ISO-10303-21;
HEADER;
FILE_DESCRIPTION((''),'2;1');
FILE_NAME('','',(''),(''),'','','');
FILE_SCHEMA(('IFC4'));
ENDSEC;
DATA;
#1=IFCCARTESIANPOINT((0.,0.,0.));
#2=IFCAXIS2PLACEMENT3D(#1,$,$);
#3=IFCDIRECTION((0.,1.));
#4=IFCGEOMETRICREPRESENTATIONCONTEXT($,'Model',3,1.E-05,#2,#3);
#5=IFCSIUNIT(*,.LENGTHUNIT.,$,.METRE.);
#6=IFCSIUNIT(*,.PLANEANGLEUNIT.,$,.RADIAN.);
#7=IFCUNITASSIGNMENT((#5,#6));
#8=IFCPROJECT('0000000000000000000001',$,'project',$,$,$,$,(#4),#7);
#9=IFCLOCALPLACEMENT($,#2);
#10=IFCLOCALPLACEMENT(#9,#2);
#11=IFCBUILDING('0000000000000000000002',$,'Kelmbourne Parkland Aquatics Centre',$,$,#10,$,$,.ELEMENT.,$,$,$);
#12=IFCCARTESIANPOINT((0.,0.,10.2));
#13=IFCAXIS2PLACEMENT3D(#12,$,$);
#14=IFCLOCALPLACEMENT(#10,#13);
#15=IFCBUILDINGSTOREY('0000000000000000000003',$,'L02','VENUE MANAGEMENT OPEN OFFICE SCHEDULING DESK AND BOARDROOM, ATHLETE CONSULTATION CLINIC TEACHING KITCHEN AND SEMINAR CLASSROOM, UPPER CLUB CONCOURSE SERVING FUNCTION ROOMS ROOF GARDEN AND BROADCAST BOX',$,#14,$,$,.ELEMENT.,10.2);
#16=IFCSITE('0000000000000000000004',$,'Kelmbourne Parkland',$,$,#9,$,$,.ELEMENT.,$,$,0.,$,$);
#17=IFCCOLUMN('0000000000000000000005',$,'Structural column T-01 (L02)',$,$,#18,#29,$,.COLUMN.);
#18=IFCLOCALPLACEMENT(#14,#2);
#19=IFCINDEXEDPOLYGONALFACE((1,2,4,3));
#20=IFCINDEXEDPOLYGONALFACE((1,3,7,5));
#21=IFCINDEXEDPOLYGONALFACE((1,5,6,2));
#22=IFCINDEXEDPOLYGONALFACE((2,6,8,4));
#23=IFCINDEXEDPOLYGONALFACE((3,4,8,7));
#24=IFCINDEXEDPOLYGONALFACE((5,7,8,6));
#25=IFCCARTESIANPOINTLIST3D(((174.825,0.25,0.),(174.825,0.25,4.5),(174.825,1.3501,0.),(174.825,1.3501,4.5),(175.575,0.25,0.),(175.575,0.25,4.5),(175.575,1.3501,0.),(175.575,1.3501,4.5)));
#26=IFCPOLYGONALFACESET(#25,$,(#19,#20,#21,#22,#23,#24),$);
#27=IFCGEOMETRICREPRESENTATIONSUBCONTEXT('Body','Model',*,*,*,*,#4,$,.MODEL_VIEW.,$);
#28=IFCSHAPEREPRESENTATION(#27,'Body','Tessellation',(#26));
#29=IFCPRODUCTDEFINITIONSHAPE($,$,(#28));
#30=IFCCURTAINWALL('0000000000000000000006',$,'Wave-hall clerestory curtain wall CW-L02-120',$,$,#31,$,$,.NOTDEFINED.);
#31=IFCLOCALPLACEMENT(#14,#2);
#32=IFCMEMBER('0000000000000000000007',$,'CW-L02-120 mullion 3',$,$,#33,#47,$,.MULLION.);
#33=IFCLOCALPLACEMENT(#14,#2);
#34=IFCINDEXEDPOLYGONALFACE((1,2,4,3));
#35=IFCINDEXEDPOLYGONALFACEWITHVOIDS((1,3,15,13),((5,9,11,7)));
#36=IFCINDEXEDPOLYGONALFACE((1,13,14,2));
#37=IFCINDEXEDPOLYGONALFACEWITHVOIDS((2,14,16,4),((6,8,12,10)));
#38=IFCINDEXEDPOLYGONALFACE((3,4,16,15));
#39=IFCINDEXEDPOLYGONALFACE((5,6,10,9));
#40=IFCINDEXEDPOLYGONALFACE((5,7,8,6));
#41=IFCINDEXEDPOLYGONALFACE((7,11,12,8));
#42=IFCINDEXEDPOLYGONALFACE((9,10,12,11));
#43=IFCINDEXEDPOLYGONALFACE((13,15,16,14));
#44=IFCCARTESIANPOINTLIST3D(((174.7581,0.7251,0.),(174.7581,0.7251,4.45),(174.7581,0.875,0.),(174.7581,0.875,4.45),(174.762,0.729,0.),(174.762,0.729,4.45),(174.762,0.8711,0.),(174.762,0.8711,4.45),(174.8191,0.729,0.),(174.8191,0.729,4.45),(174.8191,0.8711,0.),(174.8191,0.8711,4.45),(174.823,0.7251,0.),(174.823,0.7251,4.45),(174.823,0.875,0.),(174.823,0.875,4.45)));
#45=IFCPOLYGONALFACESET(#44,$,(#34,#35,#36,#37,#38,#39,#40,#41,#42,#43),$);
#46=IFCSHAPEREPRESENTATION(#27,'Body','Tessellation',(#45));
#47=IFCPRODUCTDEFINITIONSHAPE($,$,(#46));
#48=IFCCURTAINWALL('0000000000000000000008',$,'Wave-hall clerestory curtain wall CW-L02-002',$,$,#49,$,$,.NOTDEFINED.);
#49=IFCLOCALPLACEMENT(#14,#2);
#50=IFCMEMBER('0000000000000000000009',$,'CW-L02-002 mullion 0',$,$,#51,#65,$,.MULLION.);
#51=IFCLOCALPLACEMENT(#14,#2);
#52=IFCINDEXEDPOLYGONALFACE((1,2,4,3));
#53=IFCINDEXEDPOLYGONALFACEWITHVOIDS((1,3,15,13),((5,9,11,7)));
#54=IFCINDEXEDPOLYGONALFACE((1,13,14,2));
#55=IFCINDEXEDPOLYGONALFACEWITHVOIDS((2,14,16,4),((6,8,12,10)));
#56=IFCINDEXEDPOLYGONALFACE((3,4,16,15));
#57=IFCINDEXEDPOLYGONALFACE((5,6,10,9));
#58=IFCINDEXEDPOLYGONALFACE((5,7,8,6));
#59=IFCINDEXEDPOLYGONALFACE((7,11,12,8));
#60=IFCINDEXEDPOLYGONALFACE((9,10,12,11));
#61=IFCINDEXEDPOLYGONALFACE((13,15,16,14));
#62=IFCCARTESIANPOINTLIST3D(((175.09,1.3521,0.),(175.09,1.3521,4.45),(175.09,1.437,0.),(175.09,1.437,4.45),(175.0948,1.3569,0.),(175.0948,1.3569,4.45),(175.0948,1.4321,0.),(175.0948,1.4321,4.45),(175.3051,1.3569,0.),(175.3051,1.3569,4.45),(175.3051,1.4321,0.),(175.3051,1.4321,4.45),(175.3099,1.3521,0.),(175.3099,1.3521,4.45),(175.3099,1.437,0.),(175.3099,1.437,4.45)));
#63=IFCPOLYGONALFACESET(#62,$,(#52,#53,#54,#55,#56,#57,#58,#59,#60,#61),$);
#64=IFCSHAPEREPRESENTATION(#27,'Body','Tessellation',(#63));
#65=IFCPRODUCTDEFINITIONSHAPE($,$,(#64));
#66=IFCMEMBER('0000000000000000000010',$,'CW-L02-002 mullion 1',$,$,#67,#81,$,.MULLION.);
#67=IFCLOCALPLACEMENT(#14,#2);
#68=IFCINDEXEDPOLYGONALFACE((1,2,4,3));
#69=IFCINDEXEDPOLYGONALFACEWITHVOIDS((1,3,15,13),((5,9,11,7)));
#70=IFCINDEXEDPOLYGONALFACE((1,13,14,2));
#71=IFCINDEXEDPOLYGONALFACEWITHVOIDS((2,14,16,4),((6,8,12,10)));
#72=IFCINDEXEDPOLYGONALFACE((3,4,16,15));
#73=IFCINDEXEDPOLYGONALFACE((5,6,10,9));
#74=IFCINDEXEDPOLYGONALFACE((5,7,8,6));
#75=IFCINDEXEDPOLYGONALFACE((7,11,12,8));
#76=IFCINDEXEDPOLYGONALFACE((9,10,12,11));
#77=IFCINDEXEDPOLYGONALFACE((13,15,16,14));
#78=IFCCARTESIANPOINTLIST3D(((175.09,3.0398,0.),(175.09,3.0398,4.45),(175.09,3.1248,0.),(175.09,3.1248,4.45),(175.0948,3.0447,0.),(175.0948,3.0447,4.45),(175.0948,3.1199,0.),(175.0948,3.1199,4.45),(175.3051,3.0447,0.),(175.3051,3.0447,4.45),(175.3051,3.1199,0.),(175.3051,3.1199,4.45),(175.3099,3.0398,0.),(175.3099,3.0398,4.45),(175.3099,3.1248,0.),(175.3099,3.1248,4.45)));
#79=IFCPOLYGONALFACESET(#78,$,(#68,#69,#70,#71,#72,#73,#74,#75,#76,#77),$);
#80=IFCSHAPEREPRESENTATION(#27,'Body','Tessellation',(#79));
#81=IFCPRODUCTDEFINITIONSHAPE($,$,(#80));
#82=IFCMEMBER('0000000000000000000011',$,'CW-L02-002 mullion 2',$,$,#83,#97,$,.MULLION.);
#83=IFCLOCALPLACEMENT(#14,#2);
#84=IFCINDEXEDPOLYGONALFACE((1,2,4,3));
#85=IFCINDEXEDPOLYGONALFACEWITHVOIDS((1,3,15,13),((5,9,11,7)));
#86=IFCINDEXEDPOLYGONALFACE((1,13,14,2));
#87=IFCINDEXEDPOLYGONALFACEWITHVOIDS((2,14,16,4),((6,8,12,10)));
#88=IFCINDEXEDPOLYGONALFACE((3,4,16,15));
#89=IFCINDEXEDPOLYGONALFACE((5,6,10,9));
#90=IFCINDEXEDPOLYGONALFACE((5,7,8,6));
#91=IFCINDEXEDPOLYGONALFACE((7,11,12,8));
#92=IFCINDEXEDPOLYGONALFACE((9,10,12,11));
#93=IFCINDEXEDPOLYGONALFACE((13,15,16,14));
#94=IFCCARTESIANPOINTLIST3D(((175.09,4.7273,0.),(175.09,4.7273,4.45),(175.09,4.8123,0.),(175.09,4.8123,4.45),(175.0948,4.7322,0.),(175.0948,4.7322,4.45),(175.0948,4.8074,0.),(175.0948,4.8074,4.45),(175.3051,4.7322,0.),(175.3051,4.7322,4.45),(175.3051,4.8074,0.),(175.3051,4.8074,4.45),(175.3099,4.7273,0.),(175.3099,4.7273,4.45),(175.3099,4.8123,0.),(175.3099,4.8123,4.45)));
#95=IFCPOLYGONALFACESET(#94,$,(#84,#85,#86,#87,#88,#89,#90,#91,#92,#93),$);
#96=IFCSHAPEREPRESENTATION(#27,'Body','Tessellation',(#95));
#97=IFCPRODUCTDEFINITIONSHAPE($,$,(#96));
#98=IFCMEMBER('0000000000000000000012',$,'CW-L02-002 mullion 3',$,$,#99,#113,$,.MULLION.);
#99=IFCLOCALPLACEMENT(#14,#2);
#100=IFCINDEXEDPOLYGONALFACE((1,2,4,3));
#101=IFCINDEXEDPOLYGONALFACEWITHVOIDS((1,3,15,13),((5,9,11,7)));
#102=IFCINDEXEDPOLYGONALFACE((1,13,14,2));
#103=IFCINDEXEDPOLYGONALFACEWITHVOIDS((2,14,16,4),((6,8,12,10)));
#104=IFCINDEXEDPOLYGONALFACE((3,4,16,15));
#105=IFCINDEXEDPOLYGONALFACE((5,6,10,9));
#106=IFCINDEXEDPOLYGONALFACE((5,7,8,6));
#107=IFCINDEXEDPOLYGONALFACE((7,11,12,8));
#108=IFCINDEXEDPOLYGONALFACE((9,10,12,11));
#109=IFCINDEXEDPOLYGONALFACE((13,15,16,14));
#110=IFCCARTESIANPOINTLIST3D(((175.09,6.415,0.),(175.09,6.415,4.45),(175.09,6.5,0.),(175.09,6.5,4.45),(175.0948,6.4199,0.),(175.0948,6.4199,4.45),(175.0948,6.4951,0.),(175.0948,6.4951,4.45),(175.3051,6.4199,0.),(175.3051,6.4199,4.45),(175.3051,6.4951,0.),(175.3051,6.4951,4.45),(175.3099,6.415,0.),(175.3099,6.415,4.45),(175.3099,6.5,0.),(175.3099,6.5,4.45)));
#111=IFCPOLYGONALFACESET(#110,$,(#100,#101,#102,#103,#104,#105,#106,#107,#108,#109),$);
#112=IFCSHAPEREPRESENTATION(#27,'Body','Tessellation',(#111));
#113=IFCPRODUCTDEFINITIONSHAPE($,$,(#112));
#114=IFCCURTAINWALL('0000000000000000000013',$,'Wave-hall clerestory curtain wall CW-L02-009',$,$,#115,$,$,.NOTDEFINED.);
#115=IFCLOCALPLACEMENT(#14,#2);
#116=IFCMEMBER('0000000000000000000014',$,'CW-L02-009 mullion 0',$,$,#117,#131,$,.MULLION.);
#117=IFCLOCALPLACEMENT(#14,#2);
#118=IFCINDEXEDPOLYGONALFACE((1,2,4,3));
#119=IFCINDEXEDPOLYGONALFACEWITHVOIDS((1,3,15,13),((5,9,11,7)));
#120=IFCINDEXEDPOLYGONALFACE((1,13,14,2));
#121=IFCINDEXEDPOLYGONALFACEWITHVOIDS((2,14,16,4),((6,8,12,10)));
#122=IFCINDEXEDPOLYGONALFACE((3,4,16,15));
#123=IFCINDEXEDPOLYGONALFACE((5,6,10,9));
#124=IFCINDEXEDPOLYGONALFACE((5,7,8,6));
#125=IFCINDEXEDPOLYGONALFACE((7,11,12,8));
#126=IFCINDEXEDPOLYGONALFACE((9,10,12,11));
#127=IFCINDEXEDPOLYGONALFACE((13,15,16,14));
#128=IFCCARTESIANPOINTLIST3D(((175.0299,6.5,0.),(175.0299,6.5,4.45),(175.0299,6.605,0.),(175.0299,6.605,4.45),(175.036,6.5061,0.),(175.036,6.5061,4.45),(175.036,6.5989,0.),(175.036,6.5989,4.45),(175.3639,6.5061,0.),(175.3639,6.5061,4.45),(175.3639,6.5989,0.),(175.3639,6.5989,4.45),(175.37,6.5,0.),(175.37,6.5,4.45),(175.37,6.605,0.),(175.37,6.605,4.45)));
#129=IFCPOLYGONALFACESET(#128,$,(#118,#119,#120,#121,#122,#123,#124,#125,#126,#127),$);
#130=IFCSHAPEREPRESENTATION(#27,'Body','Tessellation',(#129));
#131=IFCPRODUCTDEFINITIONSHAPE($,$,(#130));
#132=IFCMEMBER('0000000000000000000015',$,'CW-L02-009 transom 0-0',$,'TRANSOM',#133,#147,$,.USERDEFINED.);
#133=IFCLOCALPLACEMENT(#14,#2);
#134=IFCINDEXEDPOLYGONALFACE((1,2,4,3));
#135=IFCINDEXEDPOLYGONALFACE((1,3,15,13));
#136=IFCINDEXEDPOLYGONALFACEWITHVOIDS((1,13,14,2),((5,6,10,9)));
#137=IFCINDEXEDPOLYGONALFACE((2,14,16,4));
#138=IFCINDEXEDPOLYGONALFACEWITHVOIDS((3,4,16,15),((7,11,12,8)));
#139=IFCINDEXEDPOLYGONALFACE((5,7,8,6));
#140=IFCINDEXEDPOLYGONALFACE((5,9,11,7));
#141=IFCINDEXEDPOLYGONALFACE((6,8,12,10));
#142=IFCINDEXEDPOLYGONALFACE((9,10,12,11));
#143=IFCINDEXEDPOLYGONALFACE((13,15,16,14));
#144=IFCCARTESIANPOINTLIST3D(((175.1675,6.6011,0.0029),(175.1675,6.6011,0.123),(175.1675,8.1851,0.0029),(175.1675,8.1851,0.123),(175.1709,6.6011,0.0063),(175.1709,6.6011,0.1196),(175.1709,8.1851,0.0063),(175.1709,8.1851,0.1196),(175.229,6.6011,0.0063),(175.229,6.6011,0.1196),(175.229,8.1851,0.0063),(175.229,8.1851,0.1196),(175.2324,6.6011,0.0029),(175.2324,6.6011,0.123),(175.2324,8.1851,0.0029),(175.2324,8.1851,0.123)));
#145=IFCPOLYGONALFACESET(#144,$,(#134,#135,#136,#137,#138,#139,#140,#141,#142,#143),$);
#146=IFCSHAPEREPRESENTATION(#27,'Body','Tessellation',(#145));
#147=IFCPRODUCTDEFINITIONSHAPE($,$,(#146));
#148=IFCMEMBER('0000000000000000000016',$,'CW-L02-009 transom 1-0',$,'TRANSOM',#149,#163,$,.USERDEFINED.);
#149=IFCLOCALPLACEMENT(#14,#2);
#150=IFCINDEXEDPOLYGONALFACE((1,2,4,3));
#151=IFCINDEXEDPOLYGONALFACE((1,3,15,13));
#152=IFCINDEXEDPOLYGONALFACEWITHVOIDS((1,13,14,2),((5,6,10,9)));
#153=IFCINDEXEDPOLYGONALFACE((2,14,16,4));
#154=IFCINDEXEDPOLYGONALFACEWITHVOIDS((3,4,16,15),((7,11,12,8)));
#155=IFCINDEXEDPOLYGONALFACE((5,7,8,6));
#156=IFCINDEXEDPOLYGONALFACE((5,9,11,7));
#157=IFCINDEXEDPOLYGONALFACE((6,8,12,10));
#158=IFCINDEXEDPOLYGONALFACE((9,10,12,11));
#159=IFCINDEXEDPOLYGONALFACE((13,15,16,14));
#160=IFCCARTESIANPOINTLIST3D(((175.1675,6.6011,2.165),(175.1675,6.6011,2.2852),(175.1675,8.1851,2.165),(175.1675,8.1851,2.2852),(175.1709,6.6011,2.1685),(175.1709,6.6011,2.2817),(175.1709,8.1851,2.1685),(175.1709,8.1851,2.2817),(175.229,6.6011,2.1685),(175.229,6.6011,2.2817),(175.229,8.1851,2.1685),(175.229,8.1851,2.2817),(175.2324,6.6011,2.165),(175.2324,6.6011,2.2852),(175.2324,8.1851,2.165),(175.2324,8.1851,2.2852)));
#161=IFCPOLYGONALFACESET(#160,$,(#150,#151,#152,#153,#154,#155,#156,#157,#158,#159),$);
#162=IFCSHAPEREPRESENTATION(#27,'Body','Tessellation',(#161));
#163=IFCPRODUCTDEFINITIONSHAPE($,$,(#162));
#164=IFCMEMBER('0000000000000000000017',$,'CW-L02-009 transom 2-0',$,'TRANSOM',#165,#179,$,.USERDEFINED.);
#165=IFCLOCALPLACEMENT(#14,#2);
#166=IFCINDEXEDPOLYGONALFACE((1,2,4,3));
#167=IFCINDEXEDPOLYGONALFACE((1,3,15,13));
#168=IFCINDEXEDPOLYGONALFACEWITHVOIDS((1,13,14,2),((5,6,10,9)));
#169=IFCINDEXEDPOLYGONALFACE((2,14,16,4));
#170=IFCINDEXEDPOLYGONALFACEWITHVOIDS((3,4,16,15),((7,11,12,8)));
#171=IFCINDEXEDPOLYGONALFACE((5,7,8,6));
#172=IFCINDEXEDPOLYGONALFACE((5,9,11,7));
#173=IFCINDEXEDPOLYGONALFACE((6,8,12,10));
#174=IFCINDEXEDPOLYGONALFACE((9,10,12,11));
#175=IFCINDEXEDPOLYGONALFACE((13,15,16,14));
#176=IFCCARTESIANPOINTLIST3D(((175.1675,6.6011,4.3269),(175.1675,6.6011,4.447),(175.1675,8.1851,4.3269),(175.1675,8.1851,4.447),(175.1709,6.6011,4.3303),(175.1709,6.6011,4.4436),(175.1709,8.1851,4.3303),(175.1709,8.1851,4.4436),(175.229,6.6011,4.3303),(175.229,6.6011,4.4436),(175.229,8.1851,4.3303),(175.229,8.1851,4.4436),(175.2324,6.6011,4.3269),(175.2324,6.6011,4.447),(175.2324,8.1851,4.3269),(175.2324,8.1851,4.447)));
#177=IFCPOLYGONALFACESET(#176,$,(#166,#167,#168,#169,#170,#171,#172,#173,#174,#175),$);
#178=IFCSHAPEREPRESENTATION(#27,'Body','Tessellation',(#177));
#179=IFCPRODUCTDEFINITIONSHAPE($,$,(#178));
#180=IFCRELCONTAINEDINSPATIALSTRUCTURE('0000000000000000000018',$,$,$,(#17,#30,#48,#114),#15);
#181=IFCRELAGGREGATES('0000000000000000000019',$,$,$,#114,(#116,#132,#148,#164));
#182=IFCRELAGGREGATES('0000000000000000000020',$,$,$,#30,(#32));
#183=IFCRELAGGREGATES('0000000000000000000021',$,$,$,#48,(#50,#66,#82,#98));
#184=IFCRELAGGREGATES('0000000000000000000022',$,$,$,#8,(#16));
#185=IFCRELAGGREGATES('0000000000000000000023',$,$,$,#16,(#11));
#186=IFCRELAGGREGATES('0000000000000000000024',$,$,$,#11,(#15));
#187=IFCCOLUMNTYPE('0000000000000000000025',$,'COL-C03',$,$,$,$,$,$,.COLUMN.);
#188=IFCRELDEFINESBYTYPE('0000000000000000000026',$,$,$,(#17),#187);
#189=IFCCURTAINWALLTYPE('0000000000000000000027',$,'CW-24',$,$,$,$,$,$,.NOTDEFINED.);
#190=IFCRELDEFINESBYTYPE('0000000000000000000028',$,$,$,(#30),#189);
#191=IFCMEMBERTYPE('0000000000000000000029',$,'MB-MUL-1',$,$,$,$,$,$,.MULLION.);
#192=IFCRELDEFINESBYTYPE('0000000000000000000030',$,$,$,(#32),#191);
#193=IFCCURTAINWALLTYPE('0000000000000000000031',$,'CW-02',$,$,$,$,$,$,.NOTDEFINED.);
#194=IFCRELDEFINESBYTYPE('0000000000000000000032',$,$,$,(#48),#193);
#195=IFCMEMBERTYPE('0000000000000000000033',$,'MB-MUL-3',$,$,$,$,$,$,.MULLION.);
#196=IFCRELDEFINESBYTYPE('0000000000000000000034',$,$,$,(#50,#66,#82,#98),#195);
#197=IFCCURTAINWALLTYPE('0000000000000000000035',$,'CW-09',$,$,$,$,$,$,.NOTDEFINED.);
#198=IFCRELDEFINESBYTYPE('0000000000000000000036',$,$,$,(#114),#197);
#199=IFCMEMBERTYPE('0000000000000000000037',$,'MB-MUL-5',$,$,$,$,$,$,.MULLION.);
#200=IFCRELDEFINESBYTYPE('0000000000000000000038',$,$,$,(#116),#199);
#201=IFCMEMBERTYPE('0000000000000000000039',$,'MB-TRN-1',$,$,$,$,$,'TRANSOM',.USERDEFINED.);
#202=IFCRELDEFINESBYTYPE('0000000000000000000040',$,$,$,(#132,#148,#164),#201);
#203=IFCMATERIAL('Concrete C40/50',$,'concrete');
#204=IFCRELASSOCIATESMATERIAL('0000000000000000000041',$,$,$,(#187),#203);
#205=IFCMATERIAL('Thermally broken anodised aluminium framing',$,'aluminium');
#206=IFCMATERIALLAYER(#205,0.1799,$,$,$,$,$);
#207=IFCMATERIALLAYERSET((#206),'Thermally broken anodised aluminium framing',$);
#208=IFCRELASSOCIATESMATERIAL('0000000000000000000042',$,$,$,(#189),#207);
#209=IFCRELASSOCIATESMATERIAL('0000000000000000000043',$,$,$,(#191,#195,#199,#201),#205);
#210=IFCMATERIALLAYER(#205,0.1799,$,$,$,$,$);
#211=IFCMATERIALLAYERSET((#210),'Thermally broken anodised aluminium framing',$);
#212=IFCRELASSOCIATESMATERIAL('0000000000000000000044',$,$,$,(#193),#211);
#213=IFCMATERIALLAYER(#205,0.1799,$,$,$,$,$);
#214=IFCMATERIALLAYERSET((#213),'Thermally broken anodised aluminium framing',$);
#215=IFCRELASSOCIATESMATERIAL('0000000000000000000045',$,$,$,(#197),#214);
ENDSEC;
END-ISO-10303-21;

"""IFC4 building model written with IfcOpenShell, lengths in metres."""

from ifc_helpers import new_model, si_unit, direction, frame, origin, origin_2d, place, context, subcontext, project, spatial, rectangle, hollow_rectangle, extrude, material, layer, layer_set, material_profile, profile_set, type_object, element, aggregate, save


model = new_model("IFC4")

# Units and contexts
model_context = context("Model", 3, precision=1e-05, world=origin(), true_north=direction((0.0, 1.0)))
body_context = subcontext(model_context, "Body", "Model", "MODEL_VIEW")
ifc_project = project(units=[si_unit("LENGTHUNIT", "METRE"), si_unit("PLANEANGLEUNIT", "RADIAN")], contexts=[model_context])

# Site, building, storey
site_placement = place(None, origin())
site = spatial("IfcSite", under=ifc_project, at=site_placement, Name="Kelmbourne Parkland", CompositionType="ELEMENT", RefElevation=0.0)
building_placement = place(site_placement, origin())
building = spatial("IfcBuilding", under=site, at=building_placement, Name="Kelmbourne Parkland Aquatics Centre", CompositionType="ELEMENT")
storey_placement = place(building_placement, frame((0.0, 0.0, 10.2)))
storey = spatial("IfcBuildingStorey", under=building, at=storey_placement, Name="L02", Description="VENUE MANAGEMENT OPEN OFFICE SCHEDULING DESK AND BOARDROOM, ATHLETE CONSULTATION CLINIC TEACHING KITCHEN AND SEMINAR CLASSROOM, UPPER CLUB CONCOURSE SERVING FUNCTION ROOMS ROOF GARDEN AND BROADCAST BOX", CompositionType="ELEMENT", Elevation=10.2)

# Column
ifc_material_1 = material(Name="Concrete C40/50", Category="concrete")
ifc_material_profile_1 = material_profile(ifc_material_1, rectangle(XDim=0.75, YDim=1.1001, at=origin_2d()), Name="RC 750x1100")
ifc_profile_set_1 = profile_set([ifc_material_profile_1], Name="Concrete C40/50")
column_type = type_object("IfcColumnType", Name="COL-C03", PredefinedType="COLUMN", material=ifc_profile_set_1)
column_placement = place(storey_placement, frame((175.2, 0.8, 0.0), z_axis=(0.0, 0.0, 1.0), x_axis=(1.0, 0.0, 0.0)))
element("IfcColumn", 1, at=column_placement, inside=storey, type_object=column_type, Name="Structural column T-01 (L02)", PredefinedType="COLUMN", context=body_context, shape_type="SweptSolid", body=[
    extrude(rectangle(XDim=0.75, YDim=1.1001, at=origin_2d()), origin(), (0.0, 0.0, 1.0), 4.5),
])

# Curtain wall, member
ifc_material_2 = material(Name="Thermally broken anodised aluminium framing", Category="aluminium")
ifc_layer_1 = layer(ifc_material_2, 0.1799)
ifc_layer_set_1 = layer_set([ifc_layer_1], Name="Thermally broken anodised aluminium framing")
curtain_wall_type_1 = type_object("IfcCurtainWallType", Name="CW-24", PredefinedType="NOTDEFINED", material=ifc_layer_set_1)
curtain_wall_1_placement = place(storey_placement, origin())
curtain_wall_1 = element("IfcCurtainWall", 2, at=curtain_wall_1_placement, inside=storey, type_object=curtain_wall_type_1, Name="Wave-hall clerestory curtain wall CW-L02-120", PredefinedType="NOTDEFINED")
ifc_material_profile_2 = material_profile(ifc_material_2, hollow_rectangle(XDim=0.0649, YDim=0.1499, WallThickness=0.0039, at=origin_2d()), Name="CW-M 65x150")
ifc_profile_set_2 = profile_set([ifc_material_profile_2], Name="Thermally broken anodised aluminium framing")
member_type_1 = type_object("IfcMemberType", Name="MB-MUL-1", PredefinedType="MULLION", material=ifc_profile_set_2)
member_1_placement = place(storey_placement, frame((174.7905, 0.8, 0.0), z_axis=(0.0, 0.0, 1.0), x_axis=(1.0, 0.0, 0.0)))
member_1 = element("IfcMember", 3, at=member_1_placement, type_object=member_type_1, Name="CW-L02-120 mullion 3", PredefinedType="MULLION", context=body_context, shape_type="SweptSolid", body=[
    extrude(hollow_rectangle(XDim=0.0649, YDim=0.1499, WallThickness=0.0039, at=origin_2d()), origin(), (0.0, 0.0, 1.0), 4.45),
])

# Curtain walls, members
ifc_layer_2 = layer(ifc_material_2, 0.1799)
ifc_layer_set_2 = layer_set([ifc_layer_2], Name="Thermally broken anodised aluminium framing")
curtain_wall_type_2 = type_object("IfcCurtainWallType", Name="CW-02", PredefinedType="NOTDEFINED", material=ifc_layer_set_2)
curtain_wall_2_placement = place(storey_placement, origin())
curtain_wall_2 = element("IfcCurtainWall", 4, at=curtain_wall_2_placement, inside=storey, type_object=curtain_wall_type_2, Name="Wave-hall clerestory curtain wall CW-L02-002", PredefinedType="NOTDEFINED")
ifc_material_profile_3 = material_profile(ifc_material_2, hollow_rectangle(XDim=0.085, YDim=0.22, WallThickness=0.0049, at=origin_2d()), Name="CW-M 85x220")
ifc_profile_set_3 = profile_set([ifc_material_profile_3], Name="Thermally broken anodised aluminium framing")
member_type_2 = type_object("IfcMemberType", Name="MB-MUL-3", PredefinedType="MULLION", material=ifc_profile_set_3)
member_2_placement = place(storey_placement, frame((175.2, 1.3945, 0.0), z_axis=(0.0, 0.0, 1.0), x_axis=(0.0, 1.0, 0.0)))
member_2 = element("IfcMember", 5, at=member_2_placement, type_object=member_type_2, Name="CW-L02-002 mullion 0", PredefinedType="MULLION", context=body_context, shape_type="SweptSolid", body=[
    extrude(hollow_rectangle(XDim=0.085, YDim=0.22, WallThickness=0.0049, at=origin_2d()), origin(), (0.0, 0.0, 1.0), 4.45),
])
member_3_placement = place(storey_placement, frame((175.2, 3.0823, 0.0), z_axis=(0.0, 0.0, 1.0), x_axis=(0.0, 1.0, 0.0)))
member_3 = element("IfcMember", 6, at=member_3_placement, type_object=member_type_2, Name="CW-L02-002 mullion 1", PredefinedType="MULLION", context=body_context, shape_type="SweptSolid", body=[
    extrude(hollow_rectangle(XDim=0.085, YDim=0.22, WallThickness=0.0049, at=origin_2d()), origin(), (0.0, 0.0, 1.0), 4.45),
])
member_4_placement = place(storey_placement, frame((175.2, 4.7698, 0.0), z_axis=(0.0, 0.0, 1.0), x_axis=(0.0, 1.0, 0.0)))
member_4 = element("IfcMember", 7, at=member_4_placement, type_object=member_type_2, Name="CW-L02-002 mullion 2", PredefinedType="MULLION", context=body_context, shape_type="SweptSolid", body=[
    extrude(hollow_rectangle(XDim=0.085, YDim=0.22, WallThickness=0.0049, at=origin_2d()), origin(), (0.0, 0.0, 1.0), 4.45),
])
member_5_placement = place(storey_placement, frame((175.2, 6.4575, 0.0), z_axis=(0.0, 0.0, 1.0), x_axis=(0.0, 1.0, 0.0)))
member_5 = element("IfcMember", 8, at=member_5_placement, type_object=member_type_2, Name="CW-L02-002 mullion 3", PredefinedType="MULLION", context=body_context, shape_type="SweptSolid", body=[
    extrude(hollow_rectangle(XDim=0.085, YDim=0.22, WallThickness=0.0049, at=origin_2d()), origin(), (0.0, 0.0, 1.0), 4.45),
])
ifc_layer_3 = layer(ifc_material_2, 0.1799)
ifc_layer_set_3 = layer_set([ifc_layer_3], Name="Thermally broken anodised aluminium framing")
curtain_wall_type_3 = type_object("IfcCurtainWallType", Name="CW-09", PredefinedType="NOTDEFINED", material=ifc_layer_set_3)
curtain_wall_3_placement = place(storey_placement, origin())
curtain_wall_3 = element("IfcCurtainWall", 9, at=curtain_wall_3_placement, inside=storey, type_object=curtain_wall_type_3, Name="Wave-hall clerestory curtain wall CW-L02-009", PredefinedType="NOTDEFINED")
ifc_material_profile_4 = material_profile(ifc_material_2, hollow_rectangle(XDim=0.105, YDim=0.3401, WallThickness=0.0061, at=origin_2d()), Name="CW-M 105x340")
ifc_profile_set_4 = profile_set([ifc_material_profile_4], Name="Thermally broken anodised aluminium framing")
member_type_3 = type_object("IfcMemberType", Name="MB-MUL-5", PredefinedType="MULLION", material=ifc_profile_set_4)
member_6_placement = place(storey_placement, frame((175.2, 6.5525, 0.0), z_axis=(0.0, 0.0, 1.0), x_axis=(0.0, 1.0, 0.0)))
member_6 = element("IfcMember", 10, at=member_6_placement, type_object=member_type_3, Name="CW-L02-009 mullion 0", PredefinedType="MULLION", context=body_context, shape_type="SweptSolid", body=[
    extrude(hollow_rectangle(XDim=0.105, YDim=0.3401, WallThickness=0.0061, at=origin_2d()), origin(), (0.0, 0.0, 1.0), 4.45),
])
ifc_material_profile_5 = material_profile(ifc_material_2, hollow_rectangle(XDim=0.0649, YDim=0.1201, WallThickness=0.0034, at=origin_2d()), Name="CW-T 65x120")
ifc_profile_set_5 = profile_set([ifc_material_profile_5], Name="Thermally broken anodised aluminium framing")
member_type_4 = type_object("IfcMemberType", Name="MB-TRN-1", ElementType="TRANSOM", PredefinedType="USERDEFINED", material=ifc_profile_set_5)
member_7_placement = place(storey_placement, frame((175.2, 6.6011, 0.063), z_axis=(0.0, 1.0, 0.0), x_axis=(-1.0, 0.0, 0.0)))
member_7 = element("IfcMember", 11, at=member_7_placement, type_object=member_type_4, Name="CW-L02-009 transom 0-0", ObjectType="TRANSOM", PredefinedType="USERDEFINED", context=body_context, shape_type="SweptSolid", body=[
    extrude(hollow_rectangle(XDim=0.0649, YDim=0.1201, WallThickness=0.0034, at=origin_2d()), origin(), (0.0, 0.0, 1.0), 1.584),
])
member_8_placement = place(storey_placement, frame((175.2, 6.6011, 2.2251), z_axis=(0.0, 1.0, 0.0), x_axis=(-1.0, 0.0, 0.0)))
member_8 = element("IfcMember", 12, at=member_8_placement, type_object=member_type_4, Name="CW-L02-009 transom 1-0", ObjectType="TRANSOM", PredefinedType="USERDEFINED", context=body_context, shape_type="SweptSolid", body=[
    extrude(hollow_rectangle(XDim=0.0649, YDim=0.1201, WallThickness=0.0034, at=origin_2d()), origin(), (0.0, 0.0, 1.0), 1.584),
])
member_9_placement = place(storey_placement, frame((175.2, 6.6011, 4.387), z_axis=(0.0, 1.0, 0.0), x_axis=(-1.0, 0.0, 0.0)))
member_9 = element("IfcMember", 13, at=member_9_placement, type_object=member_type_4, Name="CW-L02-009 transom 2-0", ObjectType="TRANSOM", PredefinedType="USERDEFINED", context=body_context, shape_type="SweptSolid", body=[
    extrude(hollow_rectangle(XDim=0.0649, YDim=0.1201, WallThickness=0.0034, at=origin_2d()), origin(), (0.0, 0.0, 1.0), 1.584),
])

aggregate(curtain_wall_3, [member_6, member_7, member_8, member_9])
aggregate(curtain_wall_1, [member_1])
aggregate(curtain_wall_2, [member_2, member_3, member_4, member_5])

save(model, "model.ifc")
